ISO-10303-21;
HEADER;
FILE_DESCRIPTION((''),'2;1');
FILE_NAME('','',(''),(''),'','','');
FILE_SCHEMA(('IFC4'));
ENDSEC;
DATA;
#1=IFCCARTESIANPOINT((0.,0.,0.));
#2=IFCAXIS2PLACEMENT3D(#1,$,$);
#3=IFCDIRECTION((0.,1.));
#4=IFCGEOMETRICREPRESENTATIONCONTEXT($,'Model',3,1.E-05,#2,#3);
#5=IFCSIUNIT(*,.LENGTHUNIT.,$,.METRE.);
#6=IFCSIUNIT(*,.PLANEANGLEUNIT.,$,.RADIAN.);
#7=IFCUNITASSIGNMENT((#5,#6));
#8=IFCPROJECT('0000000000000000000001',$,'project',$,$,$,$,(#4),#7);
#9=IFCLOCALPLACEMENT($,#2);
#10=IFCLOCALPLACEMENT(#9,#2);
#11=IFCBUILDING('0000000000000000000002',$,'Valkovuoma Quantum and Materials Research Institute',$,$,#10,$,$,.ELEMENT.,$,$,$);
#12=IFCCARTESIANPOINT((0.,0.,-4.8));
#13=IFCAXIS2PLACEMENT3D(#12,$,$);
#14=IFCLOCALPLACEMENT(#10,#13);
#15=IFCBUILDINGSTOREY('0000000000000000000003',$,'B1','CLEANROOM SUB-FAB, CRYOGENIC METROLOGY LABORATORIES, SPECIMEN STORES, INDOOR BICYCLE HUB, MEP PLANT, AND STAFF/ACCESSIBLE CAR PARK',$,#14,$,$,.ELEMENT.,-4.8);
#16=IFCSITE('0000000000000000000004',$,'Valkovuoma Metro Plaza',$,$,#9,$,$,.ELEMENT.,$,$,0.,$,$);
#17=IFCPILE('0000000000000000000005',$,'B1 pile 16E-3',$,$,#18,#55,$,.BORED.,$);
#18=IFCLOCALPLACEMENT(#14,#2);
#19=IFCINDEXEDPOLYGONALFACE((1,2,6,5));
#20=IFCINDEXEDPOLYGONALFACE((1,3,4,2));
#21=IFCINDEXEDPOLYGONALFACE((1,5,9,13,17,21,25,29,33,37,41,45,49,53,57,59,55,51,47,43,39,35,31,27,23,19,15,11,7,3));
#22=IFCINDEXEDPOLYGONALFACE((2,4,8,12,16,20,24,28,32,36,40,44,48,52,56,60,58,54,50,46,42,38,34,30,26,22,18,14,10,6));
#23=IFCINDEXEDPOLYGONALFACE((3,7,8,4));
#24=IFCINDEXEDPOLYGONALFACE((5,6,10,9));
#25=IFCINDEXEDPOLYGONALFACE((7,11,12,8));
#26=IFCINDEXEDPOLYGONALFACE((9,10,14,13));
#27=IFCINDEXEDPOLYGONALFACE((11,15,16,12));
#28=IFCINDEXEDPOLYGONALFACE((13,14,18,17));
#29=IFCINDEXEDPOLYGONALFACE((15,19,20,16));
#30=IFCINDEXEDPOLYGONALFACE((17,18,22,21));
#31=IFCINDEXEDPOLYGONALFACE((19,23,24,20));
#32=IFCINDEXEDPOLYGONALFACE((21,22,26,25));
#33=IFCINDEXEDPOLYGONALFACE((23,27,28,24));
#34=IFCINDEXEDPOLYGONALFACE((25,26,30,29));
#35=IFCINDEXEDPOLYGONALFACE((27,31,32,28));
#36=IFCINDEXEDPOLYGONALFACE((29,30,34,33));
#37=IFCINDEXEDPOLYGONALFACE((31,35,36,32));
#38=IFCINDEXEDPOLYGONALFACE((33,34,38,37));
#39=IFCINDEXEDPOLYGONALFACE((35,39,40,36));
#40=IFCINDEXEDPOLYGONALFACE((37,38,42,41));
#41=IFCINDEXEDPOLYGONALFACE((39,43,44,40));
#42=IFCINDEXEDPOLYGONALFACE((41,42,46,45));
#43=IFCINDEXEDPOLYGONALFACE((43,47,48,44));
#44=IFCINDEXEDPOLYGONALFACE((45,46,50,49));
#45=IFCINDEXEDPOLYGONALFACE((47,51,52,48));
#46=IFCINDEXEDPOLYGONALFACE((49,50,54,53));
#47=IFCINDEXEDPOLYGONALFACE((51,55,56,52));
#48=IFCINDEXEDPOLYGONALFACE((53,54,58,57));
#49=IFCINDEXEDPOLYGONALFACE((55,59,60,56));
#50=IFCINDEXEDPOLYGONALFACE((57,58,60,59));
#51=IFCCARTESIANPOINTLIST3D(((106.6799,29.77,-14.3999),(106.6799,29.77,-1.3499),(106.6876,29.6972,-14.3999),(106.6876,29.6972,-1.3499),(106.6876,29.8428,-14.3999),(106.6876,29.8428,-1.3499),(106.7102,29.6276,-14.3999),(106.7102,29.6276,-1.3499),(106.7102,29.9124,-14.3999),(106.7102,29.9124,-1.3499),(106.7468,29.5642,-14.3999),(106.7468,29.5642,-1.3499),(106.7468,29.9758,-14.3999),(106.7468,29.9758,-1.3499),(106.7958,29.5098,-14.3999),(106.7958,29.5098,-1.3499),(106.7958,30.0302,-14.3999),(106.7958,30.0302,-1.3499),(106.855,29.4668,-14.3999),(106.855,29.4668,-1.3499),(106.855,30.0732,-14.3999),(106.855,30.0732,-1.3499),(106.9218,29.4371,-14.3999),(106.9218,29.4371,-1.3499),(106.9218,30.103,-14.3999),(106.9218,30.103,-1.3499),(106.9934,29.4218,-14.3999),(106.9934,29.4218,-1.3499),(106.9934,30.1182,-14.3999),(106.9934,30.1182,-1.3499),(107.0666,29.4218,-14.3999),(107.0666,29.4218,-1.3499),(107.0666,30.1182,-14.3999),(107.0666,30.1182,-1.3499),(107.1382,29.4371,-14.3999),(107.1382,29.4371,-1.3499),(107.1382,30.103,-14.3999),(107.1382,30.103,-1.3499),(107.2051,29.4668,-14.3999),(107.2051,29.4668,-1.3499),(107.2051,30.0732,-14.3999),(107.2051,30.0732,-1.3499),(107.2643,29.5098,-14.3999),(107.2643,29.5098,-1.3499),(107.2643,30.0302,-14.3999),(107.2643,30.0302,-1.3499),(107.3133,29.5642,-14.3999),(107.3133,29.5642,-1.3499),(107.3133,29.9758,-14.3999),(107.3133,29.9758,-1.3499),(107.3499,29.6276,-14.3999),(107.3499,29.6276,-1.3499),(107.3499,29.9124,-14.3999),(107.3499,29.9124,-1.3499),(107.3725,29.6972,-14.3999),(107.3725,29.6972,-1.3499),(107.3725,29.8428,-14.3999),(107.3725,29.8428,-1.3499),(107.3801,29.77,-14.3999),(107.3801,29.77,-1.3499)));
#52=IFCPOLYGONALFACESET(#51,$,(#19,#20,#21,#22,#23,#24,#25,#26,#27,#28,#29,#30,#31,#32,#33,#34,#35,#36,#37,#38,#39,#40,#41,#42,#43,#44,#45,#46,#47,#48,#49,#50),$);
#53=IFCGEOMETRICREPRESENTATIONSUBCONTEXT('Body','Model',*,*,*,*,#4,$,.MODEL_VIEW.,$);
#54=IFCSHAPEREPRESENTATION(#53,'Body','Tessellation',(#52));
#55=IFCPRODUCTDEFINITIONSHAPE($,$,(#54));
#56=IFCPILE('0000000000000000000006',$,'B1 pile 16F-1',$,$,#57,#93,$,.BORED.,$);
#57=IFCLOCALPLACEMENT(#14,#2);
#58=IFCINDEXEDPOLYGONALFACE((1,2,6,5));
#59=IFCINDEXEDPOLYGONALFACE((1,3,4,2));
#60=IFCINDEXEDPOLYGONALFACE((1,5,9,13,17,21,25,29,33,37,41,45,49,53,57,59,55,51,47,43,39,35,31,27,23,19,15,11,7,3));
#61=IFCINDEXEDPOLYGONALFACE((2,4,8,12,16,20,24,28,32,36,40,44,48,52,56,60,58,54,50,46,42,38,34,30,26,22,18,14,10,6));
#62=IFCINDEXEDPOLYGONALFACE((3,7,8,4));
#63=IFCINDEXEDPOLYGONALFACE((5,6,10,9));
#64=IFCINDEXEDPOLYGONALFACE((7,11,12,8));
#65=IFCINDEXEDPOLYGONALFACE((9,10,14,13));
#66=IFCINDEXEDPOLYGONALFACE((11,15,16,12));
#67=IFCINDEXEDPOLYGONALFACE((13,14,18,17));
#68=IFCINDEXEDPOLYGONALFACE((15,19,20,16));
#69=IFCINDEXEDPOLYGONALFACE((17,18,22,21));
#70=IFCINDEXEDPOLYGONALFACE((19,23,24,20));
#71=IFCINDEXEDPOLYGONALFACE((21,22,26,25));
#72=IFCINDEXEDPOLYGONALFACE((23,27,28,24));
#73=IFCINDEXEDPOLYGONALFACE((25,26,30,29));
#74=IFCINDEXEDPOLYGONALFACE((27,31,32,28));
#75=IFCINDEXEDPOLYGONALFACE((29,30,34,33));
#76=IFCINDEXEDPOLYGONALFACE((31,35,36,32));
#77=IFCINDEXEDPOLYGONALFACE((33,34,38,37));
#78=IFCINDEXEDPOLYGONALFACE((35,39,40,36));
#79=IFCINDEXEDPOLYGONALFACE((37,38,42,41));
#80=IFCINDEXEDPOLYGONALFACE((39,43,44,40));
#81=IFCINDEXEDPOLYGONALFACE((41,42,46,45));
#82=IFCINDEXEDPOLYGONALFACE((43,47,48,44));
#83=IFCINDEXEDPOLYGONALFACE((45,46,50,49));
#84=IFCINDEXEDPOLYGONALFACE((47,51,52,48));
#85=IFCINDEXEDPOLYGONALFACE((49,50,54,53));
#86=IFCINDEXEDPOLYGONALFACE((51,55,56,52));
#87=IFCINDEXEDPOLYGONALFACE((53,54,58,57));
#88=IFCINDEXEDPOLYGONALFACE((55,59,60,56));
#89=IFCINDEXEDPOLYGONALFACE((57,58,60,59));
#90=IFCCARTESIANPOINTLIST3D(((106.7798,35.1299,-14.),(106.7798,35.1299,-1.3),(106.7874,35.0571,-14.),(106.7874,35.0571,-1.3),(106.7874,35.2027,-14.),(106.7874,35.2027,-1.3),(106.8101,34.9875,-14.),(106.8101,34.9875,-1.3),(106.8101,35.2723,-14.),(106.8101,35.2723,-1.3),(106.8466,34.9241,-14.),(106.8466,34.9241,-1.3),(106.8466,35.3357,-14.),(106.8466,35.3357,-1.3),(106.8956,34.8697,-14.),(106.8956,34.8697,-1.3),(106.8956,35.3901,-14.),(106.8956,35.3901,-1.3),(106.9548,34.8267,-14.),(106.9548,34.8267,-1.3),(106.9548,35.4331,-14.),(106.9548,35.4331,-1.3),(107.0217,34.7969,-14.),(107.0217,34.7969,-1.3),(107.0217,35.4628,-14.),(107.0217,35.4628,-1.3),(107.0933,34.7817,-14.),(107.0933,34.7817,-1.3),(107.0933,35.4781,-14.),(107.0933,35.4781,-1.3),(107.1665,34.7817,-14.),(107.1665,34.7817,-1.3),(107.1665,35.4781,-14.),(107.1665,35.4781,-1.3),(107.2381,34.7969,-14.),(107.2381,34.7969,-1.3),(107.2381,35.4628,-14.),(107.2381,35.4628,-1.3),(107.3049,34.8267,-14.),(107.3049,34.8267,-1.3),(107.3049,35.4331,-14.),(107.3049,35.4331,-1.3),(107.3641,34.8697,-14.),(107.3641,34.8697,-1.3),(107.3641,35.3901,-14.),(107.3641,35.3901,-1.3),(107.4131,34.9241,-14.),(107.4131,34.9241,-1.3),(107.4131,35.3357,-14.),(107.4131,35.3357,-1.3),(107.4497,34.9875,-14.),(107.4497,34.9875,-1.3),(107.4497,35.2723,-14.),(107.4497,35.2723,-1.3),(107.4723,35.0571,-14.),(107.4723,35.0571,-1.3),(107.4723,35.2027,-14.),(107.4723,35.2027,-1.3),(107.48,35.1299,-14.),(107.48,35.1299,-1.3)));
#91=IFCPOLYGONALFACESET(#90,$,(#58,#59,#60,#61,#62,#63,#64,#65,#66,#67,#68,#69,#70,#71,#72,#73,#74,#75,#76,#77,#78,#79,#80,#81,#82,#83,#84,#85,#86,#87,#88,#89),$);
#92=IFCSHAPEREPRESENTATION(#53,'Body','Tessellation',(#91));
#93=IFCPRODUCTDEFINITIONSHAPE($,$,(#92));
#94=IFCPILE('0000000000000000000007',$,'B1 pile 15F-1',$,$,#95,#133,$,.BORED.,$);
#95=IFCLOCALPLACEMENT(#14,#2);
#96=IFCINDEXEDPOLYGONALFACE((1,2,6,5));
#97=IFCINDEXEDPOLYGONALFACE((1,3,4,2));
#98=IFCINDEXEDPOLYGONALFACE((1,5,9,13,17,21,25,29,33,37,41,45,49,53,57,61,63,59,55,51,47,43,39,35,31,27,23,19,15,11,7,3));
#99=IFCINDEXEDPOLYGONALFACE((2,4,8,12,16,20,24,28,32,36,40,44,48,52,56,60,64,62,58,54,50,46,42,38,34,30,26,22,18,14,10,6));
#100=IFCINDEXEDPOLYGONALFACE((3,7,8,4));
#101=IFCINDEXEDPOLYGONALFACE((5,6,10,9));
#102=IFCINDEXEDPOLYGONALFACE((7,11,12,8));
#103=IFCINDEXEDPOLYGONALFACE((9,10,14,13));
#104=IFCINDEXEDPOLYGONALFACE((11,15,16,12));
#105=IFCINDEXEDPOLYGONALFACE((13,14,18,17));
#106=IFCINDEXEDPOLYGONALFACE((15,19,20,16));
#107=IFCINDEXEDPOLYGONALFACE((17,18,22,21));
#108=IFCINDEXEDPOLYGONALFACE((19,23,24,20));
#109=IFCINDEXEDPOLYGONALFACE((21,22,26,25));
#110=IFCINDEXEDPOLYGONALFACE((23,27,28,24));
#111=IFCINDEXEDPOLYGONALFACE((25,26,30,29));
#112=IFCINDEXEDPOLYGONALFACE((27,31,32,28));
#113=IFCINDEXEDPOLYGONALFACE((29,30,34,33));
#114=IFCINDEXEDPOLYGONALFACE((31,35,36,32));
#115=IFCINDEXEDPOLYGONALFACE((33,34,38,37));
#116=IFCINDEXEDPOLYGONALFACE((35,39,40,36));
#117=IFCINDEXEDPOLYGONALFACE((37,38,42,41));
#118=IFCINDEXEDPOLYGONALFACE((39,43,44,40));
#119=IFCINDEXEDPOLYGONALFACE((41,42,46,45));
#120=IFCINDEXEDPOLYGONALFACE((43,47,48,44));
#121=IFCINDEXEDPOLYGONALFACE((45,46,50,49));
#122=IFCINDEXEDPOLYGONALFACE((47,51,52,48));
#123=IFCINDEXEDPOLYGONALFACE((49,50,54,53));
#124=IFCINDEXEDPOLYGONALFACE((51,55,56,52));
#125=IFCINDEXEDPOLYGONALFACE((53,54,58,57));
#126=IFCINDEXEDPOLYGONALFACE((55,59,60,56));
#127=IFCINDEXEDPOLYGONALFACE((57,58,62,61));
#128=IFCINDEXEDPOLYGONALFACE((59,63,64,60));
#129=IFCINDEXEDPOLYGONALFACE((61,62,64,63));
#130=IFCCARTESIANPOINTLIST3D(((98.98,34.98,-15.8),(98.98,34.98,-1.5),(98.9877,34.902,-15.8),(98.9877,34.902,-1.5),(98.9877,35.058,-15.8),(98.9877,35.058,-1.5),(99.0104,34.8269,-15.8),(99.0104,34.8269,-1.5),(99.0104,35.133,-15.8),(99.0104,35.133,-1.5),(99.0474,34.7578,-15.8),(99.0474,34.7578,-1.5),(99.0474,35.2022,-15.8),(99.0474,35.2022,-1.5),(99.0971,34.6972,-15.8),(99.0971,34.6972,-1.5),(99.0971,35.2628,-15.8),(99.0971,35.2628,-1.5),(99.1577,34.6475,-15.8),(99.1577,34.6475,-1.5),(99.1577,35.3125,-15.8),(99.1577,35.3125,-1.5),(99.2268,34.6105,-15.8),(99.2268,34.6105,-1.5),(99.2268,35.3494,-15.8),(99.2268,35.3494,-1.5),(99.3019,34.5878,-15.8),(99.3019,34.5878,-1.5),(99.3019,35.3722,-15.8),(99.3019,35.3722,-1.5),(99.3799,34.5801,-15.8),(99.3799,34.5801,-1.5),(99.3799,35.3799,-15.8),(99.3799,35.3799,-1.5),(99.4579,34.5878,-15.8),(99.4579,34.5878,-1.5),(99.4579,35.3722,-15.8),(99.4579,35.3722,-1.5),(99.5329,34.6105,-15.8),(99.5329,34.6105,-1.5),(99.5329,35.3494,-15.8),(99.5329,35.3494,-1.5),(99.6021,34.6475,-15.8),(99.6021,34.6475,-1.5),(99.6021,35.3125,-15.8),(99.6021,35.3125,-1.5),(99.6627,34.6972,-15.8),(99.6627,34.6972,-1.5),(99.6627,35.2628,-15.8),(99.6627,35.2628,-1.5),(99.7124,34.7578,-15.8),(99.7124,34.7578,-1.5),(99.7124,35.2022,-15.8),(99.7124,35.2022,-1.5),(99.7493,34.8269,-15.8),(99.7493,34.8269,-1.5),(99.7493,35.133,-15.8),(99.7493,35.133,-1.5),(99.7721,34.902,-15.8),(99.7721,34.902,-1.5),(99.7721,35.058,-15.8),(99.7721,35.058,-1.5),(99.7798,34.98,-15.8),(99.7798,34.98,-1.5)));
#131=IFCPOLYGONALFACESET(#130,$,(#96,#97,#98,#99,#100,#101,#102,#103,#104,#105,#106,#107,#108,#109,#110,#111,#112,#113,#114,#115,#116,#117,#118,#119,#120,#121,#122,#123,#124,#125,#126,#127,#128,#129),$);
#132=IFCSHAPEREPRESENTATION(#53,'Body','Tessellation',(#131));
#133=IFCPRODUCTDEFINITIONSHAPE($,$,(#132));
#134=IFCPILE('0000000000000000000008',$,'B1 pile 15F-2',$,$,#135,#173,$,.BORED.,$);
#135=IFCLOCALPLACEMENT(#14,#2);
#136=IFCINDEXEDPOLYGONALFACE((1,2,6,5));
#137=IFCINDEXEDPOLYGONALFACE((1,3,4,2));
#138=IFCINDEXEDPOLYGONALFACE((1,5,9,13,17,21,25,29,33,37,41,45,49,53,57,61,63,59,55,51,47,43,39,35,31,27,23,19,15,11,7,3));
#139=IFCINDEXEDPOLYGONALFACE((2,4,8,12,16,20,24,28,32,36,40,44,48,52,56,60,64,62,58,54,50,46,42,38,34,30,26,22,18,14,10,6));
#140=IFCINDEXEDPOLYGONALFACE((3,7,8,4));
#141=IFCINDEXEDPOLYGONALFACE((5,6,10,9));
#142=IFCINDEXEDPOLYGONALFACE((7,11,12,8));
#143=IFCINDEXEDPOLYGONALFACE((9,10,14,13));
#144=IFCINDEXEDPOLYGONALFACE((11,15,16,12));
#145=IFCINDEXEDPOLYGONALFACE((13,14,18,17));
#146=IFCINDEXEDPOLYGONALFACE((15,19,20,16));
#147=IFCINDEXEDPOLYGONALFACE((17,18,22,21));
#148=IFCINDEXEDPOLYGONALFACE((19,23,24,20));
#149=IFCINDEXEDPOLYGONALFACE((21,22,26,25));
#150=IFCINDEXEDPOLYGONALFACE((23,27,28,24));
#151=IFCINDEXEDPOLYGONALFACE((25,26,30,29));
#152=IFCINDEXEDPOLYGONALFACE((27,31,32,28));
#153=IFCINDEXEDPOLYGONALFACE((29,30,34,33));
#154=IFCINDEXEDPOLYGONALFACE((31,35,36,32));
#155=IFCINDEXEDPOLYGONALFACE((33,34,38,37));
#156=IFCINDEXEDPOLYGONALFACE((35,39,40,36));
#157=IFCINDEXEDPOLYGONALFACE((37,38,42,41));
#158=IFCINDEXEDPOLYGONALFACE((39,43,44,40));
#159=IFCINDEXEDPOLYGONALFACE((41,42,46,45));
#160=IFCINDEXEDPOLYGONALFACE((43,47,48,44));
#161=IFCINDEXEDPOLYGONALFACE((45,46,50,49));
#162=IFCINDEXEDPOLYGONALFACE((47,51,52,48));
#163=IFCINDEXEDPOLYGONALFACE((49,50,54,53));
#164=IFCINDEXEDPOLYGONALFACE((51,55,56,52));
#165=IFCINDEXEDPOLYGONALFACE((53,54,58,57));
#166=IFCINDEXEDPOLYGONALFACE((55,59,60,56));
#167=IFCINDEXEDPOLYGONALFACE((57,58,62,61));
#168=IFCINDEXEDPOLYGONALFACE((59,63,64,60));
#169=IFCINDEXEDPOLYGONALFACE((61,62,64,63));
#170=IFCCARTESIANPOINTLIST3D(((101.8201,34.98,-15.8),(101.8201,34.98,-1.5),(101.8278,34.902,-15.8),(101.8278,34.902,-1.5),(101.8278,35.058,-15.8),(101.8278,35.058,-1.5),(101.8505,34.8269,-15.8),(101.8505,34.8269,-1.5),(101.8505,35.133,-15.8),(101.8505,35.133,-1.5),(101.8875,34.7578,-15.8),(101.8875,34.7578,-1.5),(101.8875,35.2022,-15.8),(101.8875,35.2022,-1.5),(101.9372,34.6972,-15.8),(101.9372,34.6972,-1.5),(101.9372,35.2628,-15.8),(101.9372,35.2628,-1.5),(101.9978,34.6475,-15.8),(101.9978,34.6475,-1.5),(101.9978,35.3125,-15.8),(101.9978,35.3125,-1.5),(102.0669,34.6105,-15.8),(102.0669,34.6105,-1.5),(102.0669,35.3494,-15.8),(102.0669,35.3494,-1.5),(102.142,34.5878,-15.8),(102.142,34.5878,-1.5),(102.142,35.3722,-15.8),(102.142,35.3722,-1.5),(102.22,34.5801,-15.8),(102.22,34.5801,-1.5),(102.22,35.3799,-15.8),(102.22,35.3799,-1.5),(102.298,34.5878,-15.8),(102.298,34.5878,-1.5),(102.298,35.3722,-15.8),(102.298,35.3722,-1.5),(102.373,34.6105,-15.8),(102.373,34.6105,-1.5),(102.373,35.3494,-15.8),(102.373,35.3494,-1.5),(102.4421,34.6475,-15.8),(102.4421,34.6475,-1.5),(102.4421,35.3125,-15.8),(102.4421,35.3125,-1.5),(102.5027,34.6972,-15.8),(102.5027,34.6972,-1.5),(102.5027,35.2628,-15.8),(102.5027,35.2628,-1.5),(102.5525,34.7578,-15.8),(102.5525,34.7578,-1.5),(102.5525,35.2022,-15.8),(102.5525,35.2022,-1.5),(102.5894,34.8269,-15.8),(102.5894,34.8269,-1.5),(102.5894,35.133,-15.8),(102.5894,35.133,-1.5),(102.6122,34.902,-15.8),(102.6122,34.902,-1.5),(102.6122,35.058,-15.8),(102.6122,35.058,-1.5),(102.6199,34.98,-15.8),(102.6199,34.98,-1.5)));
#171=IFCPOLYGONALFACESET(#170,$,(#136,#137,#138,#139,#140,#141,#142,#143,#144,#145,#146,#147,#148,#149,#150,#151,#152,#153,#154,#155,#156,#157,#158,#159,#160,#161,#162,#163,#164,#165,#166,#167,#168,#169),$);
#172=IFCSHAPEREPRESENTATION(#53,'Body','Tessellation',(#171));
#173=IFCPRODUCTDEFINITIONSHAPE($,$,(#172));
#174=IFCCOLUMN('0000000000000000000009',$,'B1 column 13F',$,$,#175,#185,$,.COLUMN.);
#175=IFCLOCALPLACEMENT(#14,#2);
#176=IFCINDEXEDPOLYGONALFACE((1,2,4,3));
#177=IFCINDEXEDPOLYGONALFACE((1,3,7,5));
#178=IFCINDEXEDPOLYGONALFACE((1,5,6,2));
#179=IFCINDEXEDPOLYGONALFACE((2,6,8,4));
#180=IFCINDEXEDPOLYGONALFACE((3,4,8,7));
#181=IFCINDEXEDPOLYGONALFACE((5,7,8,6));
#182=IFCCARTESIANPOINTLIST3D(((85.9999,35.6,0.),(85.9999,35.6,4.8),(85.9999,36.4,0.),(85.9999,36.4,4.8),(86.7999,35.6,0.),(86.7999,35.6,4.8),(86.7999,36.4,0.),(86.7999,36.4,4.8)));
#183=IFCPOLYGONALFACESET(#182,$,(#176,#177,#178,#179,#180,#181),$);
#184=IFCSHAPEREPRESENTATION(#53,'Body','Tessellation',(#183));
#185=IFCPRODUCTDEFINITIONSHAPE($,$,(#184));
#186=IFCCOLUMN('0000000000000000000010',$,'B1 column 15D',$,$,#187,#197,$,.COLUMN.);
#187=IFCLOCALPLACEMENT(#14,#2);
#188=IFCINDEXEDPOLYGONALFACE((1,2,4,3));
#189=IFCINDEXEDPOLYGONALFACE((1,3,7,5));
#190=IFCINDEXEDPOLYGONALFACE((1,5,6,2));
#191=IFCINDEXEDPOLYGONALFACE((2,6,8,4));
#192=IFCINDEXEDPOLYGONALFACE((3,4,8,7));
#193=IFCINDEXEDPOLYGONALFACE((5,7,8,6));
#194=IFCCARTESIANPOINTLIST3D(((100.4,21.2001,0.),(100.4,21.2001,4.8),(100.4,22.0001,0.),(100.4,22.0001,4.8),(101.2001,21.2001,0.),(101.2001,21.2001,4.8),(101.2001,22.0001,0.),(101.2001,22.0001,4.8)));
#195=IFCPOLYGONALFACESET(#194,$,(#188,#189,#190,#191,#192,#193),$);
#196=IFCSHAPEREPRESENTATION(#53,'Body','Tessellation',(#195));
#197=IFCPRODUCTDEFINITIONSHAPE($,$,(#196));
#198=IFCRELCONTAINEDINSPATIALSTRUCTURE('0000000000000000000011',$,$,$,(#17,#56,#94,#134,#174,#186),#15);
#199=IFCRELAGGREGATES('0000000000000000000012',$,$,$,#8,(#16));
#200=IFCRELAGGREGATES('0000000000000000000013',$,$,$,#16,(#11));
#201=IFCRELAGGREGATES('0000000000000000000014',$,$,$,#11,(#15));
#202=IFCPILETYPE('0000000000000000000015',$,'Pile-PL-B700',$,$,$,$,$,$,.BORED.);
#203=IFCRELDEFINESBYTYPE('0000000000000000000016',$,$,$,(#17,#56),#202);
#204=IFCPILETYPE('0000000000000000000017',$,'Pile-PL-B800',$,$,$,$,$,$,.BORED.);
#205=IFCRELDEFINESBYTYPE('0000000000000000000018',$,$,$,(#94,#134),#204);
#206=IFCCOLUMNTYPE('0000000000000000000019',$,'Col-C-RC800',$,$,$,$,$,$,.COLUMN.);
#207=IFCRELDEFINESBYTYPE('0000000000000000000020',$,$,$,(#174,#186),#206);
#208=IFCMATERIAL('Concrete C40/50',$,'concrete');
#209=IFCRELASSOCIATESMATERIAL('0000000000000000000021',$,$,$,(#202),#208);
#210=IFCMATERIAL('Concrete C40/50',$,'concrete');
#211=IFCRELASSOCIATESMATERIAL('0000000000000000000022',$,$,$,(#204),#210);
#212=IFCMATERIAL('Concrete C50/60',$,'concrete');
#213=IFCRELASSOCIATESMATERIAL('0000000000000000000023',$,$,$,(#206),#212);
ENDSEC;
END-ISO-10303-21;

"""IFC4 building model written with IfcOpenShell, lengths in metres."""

from ifc_helpers import new_model, si_unit, direction, frame, origin, origin_2d, place, context, subcontext, project, spatial, rectangle, circle, extrude, material, material_profile, profile_set, type_object, element, save


model = new_model("IFC4")

# Units and contexts
model_context = context("Model", 3, precision=1e-05, world=origin(), true_north=direction((0.0, 1.0)))
body_context = subcontext(model_context, "Body", "Model", "MODEL_VIEW")
ifc_project = project(units=[si_unit("LENGTHUNIT", "METRE"), si_unit("PLANEANGLEUNIT", "RADIAN")], contexts=[model_context])

# Site, building, storey
site_placement = place(None, origin())
site = spatial("IfcSite", under=ifc_project, at=site_placement, Name="Valkovuoma Metro Plaza", CompositionType="ELEMENT", RefElevation=0.0)
building_placement = place(site_placement, origin())
building = spatial("IfcBuilding", under=site, at=building_placement, Name="Valkovuoma Quantum and Materials Research Institute", CompositionType="ELEMENT")
storey_placement = place(building_placement, frame((0.0, 0.0, -4.8)))
storey = spatial("IfcBuildingStorey", under=building, at=storey_placement, Name="B1", Description="CLEANROOM SUB-FAB, CRYOGENIC METROLOGY LABORATORIES, SPECIMEN STORES, INDOOR BICYCLE HUB, MEP PLANT, AND STAFF/ACCESSIBLE CAR PARK", CompositionType="ELEMENT", Elevation=-4.8)

# Piles
ifc_material_1 = material(Name="Concrete C40/50", Category="concrete")
ifc_material_profile_1 = material_profile(ifc_material_1, circle(Radius=0.3501, at=origin_2d()), Name="Concrete C40/50")
ifc_profile_set_1 = profile_set([ifc_material_profile_1], Name="Concrete C40/50")
pile_type_1 = type_object("IfcPileType", Name="Pile-PL-B700", PredefinedType="BORED", material=ifc_profile_set_1)
for number, where, z_axis, x_axis, name in (
    (1, (107.03, 29.77, -1.3499), (0.0, 0.0, -1.0), (1.0, 0.0, 0.0), "B1 pile 16E-3"),
):
    element("IfcPile", number, at=place(storey_placement, frame(where, z_axis=z_axis, x_axis=x_axis)), inside=storey, type_object=pile_type_1, Name=name, PredefinedType="BORED", context=body_context, shape_type="SweptSolid", body=[
        extrude(circle(Radius=0.3501, at=origin_2d()), origin(), (0.0, 0.0, 1.0), 13.05),
    ])
pile_1_placement = place(storey_placement, frame((107.1299, 35.1299, -1.3), z_axis=(0.0, 0.0, -1.0), x_axis=(1.0, 0.0, 0.0)))
element("IfcPile", 2, at=pile_1_placement, inside=storey, type_object=pile_type_1, Name="B1 pile 16F-1", PredefinedType="BORED", context=body_context, shape_type="SweptSolid", body=[
    extrude(circle(Radius=0.3501, at=origin_2d()), origin(), (0.0, 0.0, 1.0), 12.7),
])
ifc_material_2 = material(Name="Concrete C40/50", Category="concrete")
ifc_material_profile_2 = material_profile(ifc_material_2, circle(Radius=0.3999, at=origin_2d()), Name="Concrete C40/50")
ifc_profile_set_2 = profile_set([ifc_material_profile_2], Name="Concrete C40/50")
pile_type_2 = type_object("IfcPileType", Name="Pile-PL-B800", PredefinedType="BORED", material=ifc_profile_set_2)
for number, where, z_axis, x_axis, name in (
    (3, (99.3799, 34.98, -1.5), (0.0, 0.0, -1.0), (1.0, 0.0, 0.0), "B1 pile 15F-1"),
    (4, (102.22, 34.98, -1.5), (0.0, 0.0, -1.0), (1.0, 0.0, 0.0), "B1 pile 15F-2"),
):
    element("IfcPile", number, at=place(storey_placement, frame(where, z_axis=z_axis, x_axis=x_axis)), inside=storey, type_object=pile_type_2, Name=name, PredefinedType="BORED", context=body_context, shape_type="SweptSolid", body=[
        extrude(circle(Radius=0.3999, at=origin_2d()), origin(), (0.0, 0.0, 1.0), 14.3),
    ])

# Columns
ifc_material_3 = material(Name="Concrete C50/60", Category="concrete")
ifc_material_profile_3 = material_profile(ifc_material_3, rectangle(XDim=0.8, YDim=0.8, at=origin_2d()), Name="Concrete C50/60")
ifc_profile_set_3 = profile_set([ifc_material_profile_3], Name="Concrete C50/60")
column_type = type_object("IfcColumnType", Name="Col-C-RC800", PredefinedType="COLUMN", material=ifc_profile_set_3)
for number, where, z_axis, x_axis, name in (
    (5, (86.3999, 36.0, 0.0), (0.0, 0.0, 1.0), (1.0, 0.0, 0.0), "B1 column 13F"),
    (6, (100.8, 21.6001, 0.0), (0.0, 0.0, 1.0), (1.0, 0.0, 0.0), "B1 column 15D"),
):
    element("IfcColumn", number, at=place(storey_placement, frame(where, z_axis=z_axis, x_axis=x_axis)), inside=storey, type_object=column_type, Name=name, PredefinedType="COLUMN", context=body_context, shape_type="SweptSolid", body=[
        extrude(rectangle(XDim=0.8, YDim=0.8, at=origin_2d()), origin(), (0.0, 0.0, 1.0), 4.8),
    ])

save(model, "model.ifc")
